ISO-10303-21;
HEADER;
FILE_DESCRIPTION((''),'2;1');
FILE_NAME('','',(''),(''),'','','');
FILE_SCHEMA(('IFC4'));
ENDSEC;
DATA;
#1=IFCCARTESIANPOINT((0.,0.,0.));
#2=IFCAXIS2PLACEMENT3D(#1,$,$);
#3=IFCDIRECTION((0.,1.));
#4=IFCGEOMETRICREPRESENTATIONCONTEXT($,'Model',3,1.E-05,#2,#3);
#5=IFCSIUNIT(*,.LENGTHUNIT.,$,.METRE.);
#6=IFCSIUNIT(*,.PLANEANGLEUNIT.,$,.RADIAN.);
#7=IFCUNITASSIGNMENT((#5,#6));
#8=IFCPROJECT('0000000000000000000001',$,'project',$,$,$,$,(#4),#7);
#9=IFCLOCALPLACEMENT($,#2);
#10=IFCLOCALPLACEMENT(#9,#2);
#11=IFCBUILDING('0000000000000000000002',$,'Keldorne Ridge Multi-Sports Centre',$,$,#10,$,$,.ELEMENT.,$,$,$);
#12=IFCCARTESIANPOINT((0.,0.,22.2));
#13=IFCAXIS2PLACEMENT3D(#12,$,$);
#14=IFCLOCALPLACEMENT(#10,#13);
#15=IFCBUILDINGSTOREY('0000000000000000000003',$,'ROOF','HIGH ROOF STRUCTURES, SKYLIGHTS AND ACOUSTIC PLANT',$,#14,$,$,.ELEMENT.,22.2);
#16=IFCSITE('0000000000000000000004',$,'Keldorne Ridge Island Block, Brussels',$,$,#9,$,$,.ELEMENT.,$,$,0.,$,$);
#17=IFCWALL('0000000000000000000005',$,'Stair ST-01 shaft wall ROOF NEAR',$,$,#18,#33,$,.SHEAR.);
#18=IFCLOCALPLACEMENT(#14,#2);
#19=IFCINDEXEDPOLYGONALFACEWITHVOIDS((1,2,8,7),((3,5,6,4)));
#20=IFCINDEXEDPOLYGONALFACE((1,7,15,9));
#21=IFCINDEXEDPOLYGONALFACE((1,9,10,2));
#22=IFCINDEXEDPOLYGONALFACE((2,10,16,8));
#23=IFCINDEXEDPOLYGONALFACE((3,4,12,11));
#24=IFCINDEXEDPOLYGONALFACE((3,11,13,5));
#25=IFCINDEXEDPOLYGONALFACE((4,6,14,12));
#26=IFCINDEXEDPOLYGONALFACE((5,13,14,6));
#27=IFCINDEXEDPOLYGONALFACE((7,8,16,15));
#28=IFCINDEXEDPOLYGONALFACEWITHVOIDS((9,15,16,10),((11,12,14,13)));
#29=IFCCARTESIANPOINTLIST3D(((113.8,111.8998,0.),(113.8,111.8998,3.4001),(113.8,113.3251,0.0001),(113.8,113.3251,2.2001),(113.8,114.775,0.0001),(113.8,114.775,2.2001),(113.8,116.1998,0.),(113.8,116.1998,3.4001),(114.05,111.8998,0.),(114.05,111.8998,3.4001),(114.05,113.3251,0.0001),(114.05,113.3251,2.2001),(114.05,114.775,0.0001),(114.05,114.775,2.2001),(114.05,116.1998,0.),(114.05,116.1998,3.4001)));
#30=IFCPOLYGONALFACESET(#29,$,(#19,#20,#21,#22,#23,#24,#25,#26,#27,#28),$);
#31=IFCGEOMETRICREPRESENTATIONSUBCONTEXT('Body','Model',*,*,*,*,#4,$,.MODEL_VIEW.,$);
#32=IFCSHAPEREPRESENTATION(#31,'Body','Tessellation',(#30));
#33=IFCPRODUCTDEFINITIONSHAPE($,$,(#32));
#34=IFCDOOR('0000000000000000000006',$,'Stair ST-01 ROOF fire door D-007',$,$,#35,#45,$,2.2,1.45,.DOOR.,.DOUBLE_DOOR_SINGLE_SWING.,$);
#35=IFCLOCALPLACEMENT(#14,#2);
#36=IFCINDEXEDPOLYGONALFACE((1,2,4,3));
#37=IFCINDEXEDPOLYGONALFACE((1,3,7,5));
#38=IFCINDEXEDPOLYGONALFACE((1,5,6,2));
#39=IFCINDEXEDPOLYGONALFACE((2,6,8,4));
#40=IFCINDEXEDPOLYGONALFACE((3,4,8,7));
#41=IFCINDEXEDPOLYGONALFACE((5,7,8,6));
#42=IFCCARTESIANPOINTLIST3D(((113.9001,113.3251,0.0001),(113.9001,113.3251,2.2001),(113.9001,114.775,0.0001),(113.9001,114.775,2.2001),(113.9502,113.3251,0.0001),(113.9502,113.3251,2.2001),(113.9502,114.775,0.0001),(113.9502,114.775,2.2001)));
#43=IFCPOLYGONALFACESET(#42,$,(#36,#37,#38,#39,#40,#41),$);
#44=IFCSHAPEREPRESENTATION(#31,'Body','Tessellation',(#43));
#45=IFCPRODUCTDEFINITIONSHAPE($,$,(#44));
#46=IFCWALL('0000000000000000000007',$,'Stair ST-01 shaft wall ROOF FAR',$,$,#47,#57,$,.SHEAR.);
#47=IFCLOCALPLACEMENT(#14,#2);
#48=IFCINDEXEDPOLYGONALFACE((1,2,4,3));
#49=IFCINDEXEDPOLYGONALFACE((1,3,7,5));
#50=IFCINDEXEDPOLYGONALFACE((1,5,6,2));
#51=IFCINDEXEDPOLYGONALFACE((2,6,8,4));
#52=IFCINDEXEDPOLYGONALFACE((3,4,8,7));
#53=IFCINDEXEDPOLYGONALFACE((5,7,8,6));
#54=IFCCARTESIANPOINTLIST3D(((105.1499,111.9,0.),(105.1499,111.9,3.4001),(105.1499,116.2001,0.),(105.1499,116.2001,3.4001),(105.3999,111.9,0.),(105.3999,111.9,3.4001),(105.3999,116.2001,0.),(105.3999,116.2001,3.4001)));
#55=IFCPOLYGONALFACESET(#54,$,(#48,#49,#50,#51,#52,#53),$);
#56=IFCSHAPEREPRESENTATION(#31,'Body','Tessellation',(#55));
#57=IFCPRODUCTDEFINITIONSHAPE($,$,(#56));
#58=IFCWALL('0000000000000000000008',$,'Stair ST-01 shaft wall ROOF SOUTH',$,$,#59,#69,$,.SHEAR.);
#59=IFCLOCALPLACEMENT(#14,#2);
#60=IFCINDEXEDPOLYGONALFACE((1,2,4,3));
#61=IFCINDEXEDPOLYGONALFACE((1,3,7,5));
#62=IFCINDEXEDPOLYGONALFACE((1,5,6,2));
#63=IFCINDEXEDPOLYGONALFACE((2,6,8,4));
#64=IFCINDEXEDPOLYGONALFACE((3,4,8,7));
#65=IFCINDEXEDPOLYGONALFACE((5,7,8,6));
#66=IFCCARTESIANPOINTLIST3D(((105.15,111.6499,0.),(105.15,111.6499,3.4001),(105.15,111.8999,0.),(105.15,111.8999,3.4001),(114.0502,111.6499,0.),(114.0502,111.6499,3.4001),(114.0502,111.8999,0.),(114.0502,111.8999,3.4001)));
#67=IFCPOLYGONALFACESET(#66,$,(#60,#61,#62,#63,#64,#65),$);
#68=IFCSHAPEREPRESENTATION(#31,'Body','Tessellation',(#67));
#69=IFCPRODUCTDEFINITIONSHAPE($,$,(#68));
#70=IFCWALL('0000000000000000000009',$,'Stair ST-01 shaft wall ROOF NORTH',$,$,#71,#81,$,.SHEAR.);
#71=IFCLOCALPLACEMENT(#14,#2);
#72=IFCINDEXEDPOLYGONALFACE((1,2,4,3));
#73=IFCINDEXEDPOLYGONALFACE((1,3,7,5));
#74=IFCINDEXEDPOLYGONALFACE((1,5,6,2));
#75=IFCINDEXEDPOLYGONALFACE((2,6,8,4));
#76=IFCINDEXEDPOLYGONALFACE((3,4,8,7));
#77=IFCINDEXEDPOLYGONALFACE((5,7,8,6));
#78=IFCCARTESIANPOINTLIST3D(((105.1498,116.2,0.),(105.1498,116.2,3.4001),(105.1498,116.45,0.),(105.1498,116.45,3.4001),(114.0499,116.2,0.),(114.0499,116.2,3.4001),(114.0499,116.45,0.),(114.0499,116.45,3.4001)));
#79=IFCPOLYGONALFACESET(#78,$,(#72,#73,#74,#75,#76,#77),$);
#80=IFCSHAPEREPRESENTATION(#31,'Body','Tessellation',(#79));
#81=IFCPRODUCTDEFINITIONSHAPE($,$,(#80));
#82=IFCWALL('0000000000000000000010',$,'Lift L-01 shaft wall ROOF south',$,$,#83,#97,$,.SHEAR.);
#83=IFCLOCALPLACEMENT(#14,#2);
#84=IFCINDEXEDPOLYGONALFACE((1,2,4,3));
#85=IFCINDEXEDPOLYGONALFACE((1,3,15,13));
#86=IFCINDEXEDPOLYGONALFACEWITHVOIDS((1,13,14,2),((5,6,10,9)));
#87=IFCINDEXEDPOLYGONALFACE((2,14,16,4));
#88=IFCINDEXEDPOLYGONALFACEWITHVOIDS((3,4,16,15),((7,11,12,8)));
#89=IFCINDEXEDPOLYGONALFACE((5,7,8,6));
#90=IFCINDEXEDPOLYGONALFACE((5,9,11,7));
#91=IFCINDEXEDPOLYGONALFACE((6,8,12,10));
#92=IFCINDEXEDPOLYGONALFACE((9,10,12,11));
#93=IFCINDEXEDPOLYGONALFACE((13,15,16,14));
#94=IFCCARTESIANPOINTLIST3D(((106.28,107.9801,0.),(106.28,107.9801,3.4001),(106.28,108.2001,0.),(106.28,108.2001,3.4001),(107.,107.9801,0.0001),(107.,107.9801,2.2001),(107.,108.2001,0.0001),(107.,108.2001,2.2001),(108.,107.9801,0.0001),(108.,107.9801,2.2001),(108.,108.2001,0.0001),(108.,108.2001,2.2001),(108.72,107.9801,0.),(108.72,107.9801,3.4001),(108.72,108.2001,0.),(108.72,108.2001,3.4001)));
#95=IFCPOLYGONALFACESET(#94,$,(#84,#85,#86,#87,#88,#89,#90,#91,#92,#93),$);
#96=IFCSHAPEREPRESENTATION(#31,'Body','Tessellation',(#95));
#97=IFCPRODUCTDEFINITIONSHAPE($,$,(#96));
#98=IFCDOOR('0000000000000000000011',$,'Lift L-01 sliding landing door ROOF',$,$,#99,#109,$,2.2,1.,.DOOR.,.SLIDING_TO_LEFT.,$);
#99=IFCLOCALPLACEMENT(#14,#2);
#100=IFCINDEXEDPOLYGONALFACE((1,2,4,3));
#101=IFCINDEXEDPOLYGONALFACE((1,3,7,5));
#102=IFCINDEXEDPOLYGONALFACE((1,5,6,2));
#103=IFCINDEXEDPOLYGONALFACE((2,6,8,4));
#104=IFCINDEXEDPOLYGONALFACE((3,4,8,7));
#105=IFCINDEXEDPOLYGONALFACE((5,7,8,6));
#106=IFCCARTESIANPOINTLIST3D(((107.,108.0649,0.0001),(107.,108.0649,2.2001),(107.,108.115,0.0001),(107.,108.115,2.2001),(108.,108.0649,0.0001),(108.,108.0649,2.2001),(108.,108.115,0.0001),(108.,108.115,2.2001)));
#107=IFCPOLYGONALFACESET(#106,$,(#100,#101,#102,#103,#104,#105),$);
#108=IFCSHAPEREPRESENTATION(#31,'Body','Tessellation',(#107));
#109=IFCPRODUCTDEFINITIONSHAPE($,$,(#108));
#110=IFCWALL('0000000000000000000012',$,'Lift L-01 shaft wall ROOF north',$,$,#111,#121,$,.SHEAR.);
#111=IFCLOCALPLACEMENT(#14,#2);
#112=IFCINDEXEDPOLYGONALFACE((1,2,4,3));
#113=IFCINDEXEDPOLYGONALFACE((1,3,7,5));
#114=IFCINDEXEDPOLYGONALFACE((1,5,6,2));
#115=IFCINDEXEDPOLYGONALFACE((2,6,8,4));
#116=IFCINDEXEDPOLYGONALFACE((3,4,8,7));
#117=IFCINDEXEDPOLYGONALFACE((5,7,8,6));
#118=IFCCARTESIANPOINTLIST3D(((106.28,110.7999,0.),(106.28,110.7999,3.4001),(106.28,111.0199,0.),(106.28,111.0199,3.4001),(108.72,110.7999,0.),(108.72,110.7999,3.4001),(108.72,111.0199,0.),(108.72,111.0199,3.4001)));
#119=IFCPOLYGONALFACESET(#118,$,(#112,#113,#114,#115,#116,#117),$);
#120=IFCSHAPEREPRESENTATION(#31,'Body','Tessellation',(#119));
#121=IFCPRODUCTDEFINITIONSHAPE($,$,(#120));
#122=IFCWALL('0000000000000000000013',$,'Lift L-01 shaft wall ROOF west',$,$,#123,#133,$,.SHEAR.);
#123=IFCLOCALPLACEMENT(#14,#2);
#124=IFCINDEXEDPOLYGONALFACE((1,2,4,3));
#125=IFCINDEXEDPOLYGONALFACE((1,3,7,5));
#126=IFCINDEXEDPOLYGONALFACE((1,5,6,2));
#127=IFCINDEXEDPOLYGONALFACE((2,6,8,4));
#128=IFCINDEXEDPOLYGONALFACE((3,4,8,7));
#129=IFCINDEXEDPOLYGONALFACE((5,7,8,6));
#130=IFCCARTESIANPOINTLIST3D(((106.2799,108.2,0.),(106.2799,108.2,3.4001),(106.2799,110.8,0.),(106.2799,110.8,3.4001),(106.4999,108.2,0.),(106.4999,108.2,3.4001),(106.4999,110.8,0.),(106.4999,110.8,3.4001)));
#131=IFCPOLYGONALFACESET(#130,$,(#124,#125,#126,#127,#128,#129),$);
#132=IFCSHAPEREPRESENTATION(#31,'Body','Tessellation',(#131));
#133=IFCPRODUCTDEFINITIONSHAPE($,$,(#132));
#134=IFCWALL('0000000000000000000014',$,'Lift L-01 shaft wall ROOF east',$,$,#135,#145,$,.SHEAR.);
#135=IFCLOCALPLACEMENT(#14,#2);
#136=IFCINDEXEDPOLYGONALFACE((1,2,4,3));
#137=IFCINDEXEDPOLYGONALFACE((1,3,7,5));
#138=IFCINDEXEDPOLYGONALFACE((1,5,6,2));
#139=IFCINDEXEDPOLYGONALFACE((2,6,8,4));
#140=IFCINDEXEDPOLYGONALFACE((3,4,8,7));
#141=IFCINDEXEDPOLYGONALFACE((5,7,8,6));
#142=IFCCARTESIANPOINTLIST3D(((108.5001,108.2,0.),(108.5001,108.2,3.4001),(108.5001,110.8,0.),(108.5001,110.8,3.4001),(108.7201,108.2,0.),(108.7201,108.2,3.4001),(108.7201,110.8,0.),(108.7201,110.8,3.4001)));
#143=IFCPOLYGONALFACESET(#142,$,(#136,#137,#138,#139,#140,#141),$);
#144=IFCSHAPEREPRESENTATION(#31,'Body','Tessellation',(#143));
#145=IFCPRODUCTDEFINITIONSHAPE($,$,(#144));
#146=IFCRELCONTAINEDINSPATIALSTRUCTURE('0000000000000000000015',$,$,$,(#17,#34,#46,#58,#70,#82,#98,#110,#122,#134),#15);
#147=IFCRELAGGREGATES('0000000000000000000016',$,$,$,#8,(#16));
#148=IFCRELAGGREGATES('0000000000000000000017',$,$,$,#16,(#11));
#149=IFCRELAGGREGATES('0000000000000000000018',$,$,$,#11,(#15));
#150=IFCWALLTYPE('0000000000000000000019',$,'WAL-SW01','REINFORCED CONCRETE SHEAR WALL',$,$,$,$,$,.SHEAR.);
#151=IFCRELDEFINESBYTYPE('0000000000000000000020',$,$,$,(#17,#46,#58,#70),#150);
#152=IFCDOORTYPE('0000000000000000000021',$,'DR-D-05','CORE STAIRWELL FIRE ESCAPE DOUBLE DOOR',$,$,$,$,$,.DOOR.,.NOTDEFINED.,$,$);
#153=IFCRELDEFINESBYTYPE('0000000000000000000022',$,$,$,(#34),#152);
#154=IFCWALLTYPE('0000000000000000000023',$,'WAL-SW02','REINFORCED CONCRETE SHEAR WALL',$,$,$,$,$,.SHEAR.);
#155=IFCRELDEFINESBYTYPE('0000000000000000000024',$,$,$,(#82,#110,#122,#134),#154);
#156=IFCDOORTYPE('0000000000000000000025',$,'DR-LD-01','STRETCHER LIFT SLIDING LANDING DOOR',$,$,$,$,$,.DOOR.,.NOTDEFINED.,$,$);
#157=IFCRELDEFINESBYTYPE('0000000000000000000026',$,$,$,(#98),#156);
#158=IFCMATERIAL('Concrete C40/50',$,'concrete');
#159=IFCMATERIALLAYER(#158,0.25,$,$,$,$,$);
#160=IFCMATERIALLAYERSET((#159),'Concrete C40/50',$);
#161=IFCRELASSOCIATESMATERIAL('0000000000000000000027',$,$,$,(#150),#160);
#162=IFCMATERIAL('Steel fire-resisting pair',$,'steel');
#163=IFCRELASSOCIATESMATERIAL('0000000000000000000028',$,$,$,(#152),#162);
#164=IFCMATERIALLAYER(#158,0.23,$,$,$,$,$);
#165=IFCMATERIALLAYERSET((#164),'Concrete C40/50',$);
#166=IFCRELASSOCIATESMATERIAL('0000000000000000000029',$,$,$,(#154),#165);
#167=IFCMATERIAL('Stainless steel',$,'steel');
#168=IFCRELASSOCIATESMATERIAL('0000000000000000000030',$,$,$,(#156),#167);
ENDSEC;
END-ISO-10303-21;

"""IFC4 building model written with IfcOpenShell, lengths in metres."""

from ifc_helpers import new_model, si_unit, direction, frame, frame_2d, origin, place, context, subcontext, project, spatial, rectangle, extrude, material, layer, layer_set, type_object, element, fill, save


model = new_model("IFC4")

# Units and contexts
model_context = context("Model", 3, precision=1e-05, world=origin(), true_north=direction((0.0, 1.0)))
body_context = subcontext(model_context, "Body", "Model", "MODEL_VIEW")
ifc_project = project(units=[si_unit("LENGTHUNIT", "METRE"), si_unit("PLANEANGLEUNIT", "RADIAN")], contexts=[model_context])

# Site, building, storey
site_placement = place(None, origin())
site = spatial("IfcSite", under=ifc_project, at=site_placement, Name="Keldorne Ridge Island Block, Brussels", CompositionType="ELEMENT", RefElevation=0.0)
building_placement = place(site_placement, origin())
building = spatial("IfcBuilding", under=site, at=building_placement, Name="Keldorne Ridge Multi-Sports Centre", CompositionType="ELEMENT")
storey_placement = place(building_placement, frame((0.0, 0.0, 22.2)))
storey = spatial("IfcBuildingStorey", under=building, at=storey_placement, Name="ROOF", Description="HIGH ROOF STRUCTURES, SKYLIGHTS AND ACOUSTIC PLANT", CompositionType="ELEMENT", Elevation=22.2)

# Wall, opening, door
ifc_material_1 = material(Name="Concrete C40/50", Category="concrete")
ifc_layer_1 = layer(ifc_material_1, 0.25)
ifc_layer_set_1 = layer_set([ifc_layer_1], Name="Concrete C40/50")
wall_type_1 = type_object("IfcWallType", Name="WAL-SW01", Description="REINFORCED CONCRETE SHEAR WALL", PredefinedType="SHEAR", material=ifc_layer_set_1)
wall_1_placement = place(storey_placement, frame((113.925, 111.8999, 0.0), z_axis=(0.0, 0.0, 1.0), x_axis=(0.0, 1.0, 0.0)))
wall_1 = element("IfcWall", 1, at=wall_1_placement, inside=storey, type_object=wall_type_1, Name="Stair ST-01 shaft wall ROOF NEAR", PredefinedType="SHEAR", context=body_context, shape_type="SweptSolid", body=[
    extrude(rectangle(XDim=4.3, YDim=0.25, at=frame_2d((2.1499, 0.0))), origin(), (0.0, 0.0, 1.0), 3.4001),
])
opening_1_placement = place(wall_1_placement, frame((1.425, 0.0, 0.0)))
opening_1 = element("IfcOpeningElement", 2, at=opening_1_placement, cuts=wall_1, PredefinedType="OPENING", context=body_context, shape_type="SweptSolid", body=[
    extrude(rectangle(XDim=1.45, YDim=2.2, at=frame_2d((0.7251, 1.1001))), frame((0.0, 0.135, 0.0), z_axis=(0.0, -1.0, 0.0), x_axis=(1.0, 0.0, 0.0)), (0.0, 0.0, 1.0), 0.27),
])
ifc_material_2 = material(Name="Steel fire-resisting pair", Category="steel")
door_type_1 = type_object("IfcDoorType", Name="DR-D-05", Description="CORE STAIRWELL FIRE ESCAPE DOUBLE DOOR", OperationType="NOTDEFINED", PredefinedType="DOOR", material=ifc_material_2)
door_1_placement = place(opening_1_placement, origin())
door_1 = element("IfcDoor", 3, at=door_1_placement, inside=storey, type_object=door_type_1, Name="Stair ST-01 ROOF fire door D-007", OperationType="DOUBLE_DOOR_SINGLE_SWING", OverallHeight=2.2, OverallWidth=1.45, PredefinedType="DOOR", context=body_context, shape_type="SweptSolid", body=[
    extrude(rectangle(XDim=1.45, YDim=2.2, at=frame_2d((0.7251, 1.1001))), frame((0.0, 0.0249, 0.0), z_axis=(0.0, -1.0, 0.0), x_axis=(1.0, 0.0, 0.0)), (0.0, 0.0, 1.0), 0.05),
])
fill(opening_1, door_1)

# Walls
wall_2_placement = place(storey_placement, frame((105.2749, 116.2, 0.0), z_axis=(0.0, 0.0, 1.0), x_axis=(0.0, -1.0, 0.0)))
element("IfcWall", 4, at=wall_2_placement, inside=storey, type_object=wall_type_1, Name="Stair ST-01 shaft wall ROOF FAR", PredefinedType="SHEAR", context=body_context, shape_type="SweptSolid", body=[
    extrude(rectangle(XDim=4.3, YDim=0.25, at=frame_2d((2.1499, 0.0))), origin(), (0.0, 0.0, 1.0), 3.4001),
])
for number, where, z_axis, x_axis, name in (
    (5, (105.1499, 111.7749, 0.0), (0.0, 0.0, 1.0), (1.0, 0.0, 0.0), "Stair ST-01 shaft wall ROOF SOUTH"),
    (6, (114.05, 116.325, 0.0), (0.0, 0.0, 1.0), (-1.0, 0.0, 0.0), "Stair ST-01 shaft wall ROOF NORTH"),
):
    element("IfcWall", number, at=place(storey_placement, frame(where, z_axis=z_axis, x_axis=x_axis)), inside=storey, type_object=wall_type_1, Name=name, PredefinedType="SHEAR", context=body_context, shape_type="SweptSolid", body=[
        extrude(rectangle(XDim=8.9001, YDim=0.25, at=frame_2d((4.4502, 0.0))), origin(), (0.0, 0.0, 1.0), 3.4001),
    ])

# Wall, opening, door
ifc_layer_2 = layer(ifc_material_1, 0.23)
ifc_layer_set_2 = layer_set([ifc_layer_2], Name="Concrete C40/50")
wall_type_2 = type_object("IfcWallType", Name="WAL-SW02", Description="REINFORCED CONCRETE SHEAR WALL", PredefinedType="SHEAR", material=ifc_layer_set_2)
wall_3_placement = place(storey_placement, frame((106.28, 108.0901, 0.0), z_axis=(0.0, 0.0, 1.0), x_axis=(1.0, 0.0, 0.0)))
wall_3 = element("IfcWall", 7, at=wall_3_placement, inside=storey, type_object=wall_type_2, Name="Lift L-01 shaft wall ROOF south", PredefinedType="SHEAR", context=body_context, shape_type="SweptSolid", body=[
    extrude(rectangle(XDim=2.4399, YDim=0.22, at=frame_2d((1.22, 0.0))), origin(), (0.0, 0.0, 1.0), 3.4001),
])
opening_2_placement = place(wall_3_placement, frame((0.72, 0.0, 0.0)))
opening_2 = element("IfcOpeningElement", 8, at=opening_2_placement, cuts=wall_3, PredefinedType="OPENING", context=body_context, shape_type="SweptSolid", body=[
    extrude(rectangle(XDim=1.0, YDim=2.2, at=frame_2d((0.5, 1.1001))), frame((0.0, 0.1201, 0.0), z_axis=(0.0, -1.0, 0.0), x_axis=(1.0, 0.0, 0.0)), (0.0, 0.0, 1.0), 0.24),
])
ifc_material_3 = material(Name="Stainless steel", Category="steel")
door_type_2 = type_object("IfcDoorType", Name="DR-LD-01", Description="STRETCHER LIFT SLIDING LANDING DOOR", OperationType="NOTDEFINED", PredefinedType="DOOR", material=ifc_material_3)
door_2_placement = place(opening_2_placement, origin())
door_2 = element("IfcDoor", 9, at=door_2_placement, inside=storey, type_object=door_type_2, Name="Lift L-01 sliding landing door ROOF", OperationType="SLIDING_TO_LEFT", OverallHeight=2.2, OverallWidth=1.0, PredefinedType="DOOR", context=body_context, shape_type="SweptSolid", body=[
    extrude(rectangle(XDim=1.0, YDim=2.2, at=frame_2d((0.5, 1.1001))), frame((0.0, 0.0249, 0.0), z_axis=(0.0, -1.0, 0.0), x_axis=(1.0, 0.0, 0.0)), (0.0, 0.0, 1.0), 0.05),
])
fill(opening_2, door_2)

# Walls
wall_4_placement = place(storey_placement, frame((108.72, 110.9099, 0.0), z_axis=(0.0, 0.0, 1.0), x_axis=(-1.0, 0.0, 0.0)))
element("IfcWall", 10, at=wall_4_placement, inside=storey, type_object=wall_type_2, Name="Lift L-01 shaft wall ROOF north", PredefinedType="SHEAR", context=body_context, shape_type="SweptSolid", body=[
    extrude(rectangle(XDim=2.4399, YDim=0.22, at=frame_2d((1.22, 0.0))), origin(), (0.0, 0.0, 1.0), 3.4001),
])
for number, where, z_axis, x_axis, name in (
    (11, (106.3899, 110.8, 0.0), (0.0, 0.0, 1.0), (0.0, -1.0, 0.0), "Lift L-01 shaft wall ROOF west"),
    (12, (108.6101, 108.2, 0.0), (0.0, 0.0, 1.0), (0.0, 1.0, 0.0), "Lift L-01 shaft wall ROOF east"),
):
    element("IfcWall", number, at=place(storey_placement, frame(where, z_axis=z_axis, x_axis=x_axis)), inside=storey, type_object=wall_type_2, Name=name, PredefinedType="SHEAR", context=body_context, shape_type="SweptSolid", body=[
        extrude(rectangle(XDim=2.6001, YDim=0.22, at=frame_2d((1.3, 0.0))), origin(), (0.0, 0.0, 1.0), 3.4001),
    ])

save(model, "model.ifc")
